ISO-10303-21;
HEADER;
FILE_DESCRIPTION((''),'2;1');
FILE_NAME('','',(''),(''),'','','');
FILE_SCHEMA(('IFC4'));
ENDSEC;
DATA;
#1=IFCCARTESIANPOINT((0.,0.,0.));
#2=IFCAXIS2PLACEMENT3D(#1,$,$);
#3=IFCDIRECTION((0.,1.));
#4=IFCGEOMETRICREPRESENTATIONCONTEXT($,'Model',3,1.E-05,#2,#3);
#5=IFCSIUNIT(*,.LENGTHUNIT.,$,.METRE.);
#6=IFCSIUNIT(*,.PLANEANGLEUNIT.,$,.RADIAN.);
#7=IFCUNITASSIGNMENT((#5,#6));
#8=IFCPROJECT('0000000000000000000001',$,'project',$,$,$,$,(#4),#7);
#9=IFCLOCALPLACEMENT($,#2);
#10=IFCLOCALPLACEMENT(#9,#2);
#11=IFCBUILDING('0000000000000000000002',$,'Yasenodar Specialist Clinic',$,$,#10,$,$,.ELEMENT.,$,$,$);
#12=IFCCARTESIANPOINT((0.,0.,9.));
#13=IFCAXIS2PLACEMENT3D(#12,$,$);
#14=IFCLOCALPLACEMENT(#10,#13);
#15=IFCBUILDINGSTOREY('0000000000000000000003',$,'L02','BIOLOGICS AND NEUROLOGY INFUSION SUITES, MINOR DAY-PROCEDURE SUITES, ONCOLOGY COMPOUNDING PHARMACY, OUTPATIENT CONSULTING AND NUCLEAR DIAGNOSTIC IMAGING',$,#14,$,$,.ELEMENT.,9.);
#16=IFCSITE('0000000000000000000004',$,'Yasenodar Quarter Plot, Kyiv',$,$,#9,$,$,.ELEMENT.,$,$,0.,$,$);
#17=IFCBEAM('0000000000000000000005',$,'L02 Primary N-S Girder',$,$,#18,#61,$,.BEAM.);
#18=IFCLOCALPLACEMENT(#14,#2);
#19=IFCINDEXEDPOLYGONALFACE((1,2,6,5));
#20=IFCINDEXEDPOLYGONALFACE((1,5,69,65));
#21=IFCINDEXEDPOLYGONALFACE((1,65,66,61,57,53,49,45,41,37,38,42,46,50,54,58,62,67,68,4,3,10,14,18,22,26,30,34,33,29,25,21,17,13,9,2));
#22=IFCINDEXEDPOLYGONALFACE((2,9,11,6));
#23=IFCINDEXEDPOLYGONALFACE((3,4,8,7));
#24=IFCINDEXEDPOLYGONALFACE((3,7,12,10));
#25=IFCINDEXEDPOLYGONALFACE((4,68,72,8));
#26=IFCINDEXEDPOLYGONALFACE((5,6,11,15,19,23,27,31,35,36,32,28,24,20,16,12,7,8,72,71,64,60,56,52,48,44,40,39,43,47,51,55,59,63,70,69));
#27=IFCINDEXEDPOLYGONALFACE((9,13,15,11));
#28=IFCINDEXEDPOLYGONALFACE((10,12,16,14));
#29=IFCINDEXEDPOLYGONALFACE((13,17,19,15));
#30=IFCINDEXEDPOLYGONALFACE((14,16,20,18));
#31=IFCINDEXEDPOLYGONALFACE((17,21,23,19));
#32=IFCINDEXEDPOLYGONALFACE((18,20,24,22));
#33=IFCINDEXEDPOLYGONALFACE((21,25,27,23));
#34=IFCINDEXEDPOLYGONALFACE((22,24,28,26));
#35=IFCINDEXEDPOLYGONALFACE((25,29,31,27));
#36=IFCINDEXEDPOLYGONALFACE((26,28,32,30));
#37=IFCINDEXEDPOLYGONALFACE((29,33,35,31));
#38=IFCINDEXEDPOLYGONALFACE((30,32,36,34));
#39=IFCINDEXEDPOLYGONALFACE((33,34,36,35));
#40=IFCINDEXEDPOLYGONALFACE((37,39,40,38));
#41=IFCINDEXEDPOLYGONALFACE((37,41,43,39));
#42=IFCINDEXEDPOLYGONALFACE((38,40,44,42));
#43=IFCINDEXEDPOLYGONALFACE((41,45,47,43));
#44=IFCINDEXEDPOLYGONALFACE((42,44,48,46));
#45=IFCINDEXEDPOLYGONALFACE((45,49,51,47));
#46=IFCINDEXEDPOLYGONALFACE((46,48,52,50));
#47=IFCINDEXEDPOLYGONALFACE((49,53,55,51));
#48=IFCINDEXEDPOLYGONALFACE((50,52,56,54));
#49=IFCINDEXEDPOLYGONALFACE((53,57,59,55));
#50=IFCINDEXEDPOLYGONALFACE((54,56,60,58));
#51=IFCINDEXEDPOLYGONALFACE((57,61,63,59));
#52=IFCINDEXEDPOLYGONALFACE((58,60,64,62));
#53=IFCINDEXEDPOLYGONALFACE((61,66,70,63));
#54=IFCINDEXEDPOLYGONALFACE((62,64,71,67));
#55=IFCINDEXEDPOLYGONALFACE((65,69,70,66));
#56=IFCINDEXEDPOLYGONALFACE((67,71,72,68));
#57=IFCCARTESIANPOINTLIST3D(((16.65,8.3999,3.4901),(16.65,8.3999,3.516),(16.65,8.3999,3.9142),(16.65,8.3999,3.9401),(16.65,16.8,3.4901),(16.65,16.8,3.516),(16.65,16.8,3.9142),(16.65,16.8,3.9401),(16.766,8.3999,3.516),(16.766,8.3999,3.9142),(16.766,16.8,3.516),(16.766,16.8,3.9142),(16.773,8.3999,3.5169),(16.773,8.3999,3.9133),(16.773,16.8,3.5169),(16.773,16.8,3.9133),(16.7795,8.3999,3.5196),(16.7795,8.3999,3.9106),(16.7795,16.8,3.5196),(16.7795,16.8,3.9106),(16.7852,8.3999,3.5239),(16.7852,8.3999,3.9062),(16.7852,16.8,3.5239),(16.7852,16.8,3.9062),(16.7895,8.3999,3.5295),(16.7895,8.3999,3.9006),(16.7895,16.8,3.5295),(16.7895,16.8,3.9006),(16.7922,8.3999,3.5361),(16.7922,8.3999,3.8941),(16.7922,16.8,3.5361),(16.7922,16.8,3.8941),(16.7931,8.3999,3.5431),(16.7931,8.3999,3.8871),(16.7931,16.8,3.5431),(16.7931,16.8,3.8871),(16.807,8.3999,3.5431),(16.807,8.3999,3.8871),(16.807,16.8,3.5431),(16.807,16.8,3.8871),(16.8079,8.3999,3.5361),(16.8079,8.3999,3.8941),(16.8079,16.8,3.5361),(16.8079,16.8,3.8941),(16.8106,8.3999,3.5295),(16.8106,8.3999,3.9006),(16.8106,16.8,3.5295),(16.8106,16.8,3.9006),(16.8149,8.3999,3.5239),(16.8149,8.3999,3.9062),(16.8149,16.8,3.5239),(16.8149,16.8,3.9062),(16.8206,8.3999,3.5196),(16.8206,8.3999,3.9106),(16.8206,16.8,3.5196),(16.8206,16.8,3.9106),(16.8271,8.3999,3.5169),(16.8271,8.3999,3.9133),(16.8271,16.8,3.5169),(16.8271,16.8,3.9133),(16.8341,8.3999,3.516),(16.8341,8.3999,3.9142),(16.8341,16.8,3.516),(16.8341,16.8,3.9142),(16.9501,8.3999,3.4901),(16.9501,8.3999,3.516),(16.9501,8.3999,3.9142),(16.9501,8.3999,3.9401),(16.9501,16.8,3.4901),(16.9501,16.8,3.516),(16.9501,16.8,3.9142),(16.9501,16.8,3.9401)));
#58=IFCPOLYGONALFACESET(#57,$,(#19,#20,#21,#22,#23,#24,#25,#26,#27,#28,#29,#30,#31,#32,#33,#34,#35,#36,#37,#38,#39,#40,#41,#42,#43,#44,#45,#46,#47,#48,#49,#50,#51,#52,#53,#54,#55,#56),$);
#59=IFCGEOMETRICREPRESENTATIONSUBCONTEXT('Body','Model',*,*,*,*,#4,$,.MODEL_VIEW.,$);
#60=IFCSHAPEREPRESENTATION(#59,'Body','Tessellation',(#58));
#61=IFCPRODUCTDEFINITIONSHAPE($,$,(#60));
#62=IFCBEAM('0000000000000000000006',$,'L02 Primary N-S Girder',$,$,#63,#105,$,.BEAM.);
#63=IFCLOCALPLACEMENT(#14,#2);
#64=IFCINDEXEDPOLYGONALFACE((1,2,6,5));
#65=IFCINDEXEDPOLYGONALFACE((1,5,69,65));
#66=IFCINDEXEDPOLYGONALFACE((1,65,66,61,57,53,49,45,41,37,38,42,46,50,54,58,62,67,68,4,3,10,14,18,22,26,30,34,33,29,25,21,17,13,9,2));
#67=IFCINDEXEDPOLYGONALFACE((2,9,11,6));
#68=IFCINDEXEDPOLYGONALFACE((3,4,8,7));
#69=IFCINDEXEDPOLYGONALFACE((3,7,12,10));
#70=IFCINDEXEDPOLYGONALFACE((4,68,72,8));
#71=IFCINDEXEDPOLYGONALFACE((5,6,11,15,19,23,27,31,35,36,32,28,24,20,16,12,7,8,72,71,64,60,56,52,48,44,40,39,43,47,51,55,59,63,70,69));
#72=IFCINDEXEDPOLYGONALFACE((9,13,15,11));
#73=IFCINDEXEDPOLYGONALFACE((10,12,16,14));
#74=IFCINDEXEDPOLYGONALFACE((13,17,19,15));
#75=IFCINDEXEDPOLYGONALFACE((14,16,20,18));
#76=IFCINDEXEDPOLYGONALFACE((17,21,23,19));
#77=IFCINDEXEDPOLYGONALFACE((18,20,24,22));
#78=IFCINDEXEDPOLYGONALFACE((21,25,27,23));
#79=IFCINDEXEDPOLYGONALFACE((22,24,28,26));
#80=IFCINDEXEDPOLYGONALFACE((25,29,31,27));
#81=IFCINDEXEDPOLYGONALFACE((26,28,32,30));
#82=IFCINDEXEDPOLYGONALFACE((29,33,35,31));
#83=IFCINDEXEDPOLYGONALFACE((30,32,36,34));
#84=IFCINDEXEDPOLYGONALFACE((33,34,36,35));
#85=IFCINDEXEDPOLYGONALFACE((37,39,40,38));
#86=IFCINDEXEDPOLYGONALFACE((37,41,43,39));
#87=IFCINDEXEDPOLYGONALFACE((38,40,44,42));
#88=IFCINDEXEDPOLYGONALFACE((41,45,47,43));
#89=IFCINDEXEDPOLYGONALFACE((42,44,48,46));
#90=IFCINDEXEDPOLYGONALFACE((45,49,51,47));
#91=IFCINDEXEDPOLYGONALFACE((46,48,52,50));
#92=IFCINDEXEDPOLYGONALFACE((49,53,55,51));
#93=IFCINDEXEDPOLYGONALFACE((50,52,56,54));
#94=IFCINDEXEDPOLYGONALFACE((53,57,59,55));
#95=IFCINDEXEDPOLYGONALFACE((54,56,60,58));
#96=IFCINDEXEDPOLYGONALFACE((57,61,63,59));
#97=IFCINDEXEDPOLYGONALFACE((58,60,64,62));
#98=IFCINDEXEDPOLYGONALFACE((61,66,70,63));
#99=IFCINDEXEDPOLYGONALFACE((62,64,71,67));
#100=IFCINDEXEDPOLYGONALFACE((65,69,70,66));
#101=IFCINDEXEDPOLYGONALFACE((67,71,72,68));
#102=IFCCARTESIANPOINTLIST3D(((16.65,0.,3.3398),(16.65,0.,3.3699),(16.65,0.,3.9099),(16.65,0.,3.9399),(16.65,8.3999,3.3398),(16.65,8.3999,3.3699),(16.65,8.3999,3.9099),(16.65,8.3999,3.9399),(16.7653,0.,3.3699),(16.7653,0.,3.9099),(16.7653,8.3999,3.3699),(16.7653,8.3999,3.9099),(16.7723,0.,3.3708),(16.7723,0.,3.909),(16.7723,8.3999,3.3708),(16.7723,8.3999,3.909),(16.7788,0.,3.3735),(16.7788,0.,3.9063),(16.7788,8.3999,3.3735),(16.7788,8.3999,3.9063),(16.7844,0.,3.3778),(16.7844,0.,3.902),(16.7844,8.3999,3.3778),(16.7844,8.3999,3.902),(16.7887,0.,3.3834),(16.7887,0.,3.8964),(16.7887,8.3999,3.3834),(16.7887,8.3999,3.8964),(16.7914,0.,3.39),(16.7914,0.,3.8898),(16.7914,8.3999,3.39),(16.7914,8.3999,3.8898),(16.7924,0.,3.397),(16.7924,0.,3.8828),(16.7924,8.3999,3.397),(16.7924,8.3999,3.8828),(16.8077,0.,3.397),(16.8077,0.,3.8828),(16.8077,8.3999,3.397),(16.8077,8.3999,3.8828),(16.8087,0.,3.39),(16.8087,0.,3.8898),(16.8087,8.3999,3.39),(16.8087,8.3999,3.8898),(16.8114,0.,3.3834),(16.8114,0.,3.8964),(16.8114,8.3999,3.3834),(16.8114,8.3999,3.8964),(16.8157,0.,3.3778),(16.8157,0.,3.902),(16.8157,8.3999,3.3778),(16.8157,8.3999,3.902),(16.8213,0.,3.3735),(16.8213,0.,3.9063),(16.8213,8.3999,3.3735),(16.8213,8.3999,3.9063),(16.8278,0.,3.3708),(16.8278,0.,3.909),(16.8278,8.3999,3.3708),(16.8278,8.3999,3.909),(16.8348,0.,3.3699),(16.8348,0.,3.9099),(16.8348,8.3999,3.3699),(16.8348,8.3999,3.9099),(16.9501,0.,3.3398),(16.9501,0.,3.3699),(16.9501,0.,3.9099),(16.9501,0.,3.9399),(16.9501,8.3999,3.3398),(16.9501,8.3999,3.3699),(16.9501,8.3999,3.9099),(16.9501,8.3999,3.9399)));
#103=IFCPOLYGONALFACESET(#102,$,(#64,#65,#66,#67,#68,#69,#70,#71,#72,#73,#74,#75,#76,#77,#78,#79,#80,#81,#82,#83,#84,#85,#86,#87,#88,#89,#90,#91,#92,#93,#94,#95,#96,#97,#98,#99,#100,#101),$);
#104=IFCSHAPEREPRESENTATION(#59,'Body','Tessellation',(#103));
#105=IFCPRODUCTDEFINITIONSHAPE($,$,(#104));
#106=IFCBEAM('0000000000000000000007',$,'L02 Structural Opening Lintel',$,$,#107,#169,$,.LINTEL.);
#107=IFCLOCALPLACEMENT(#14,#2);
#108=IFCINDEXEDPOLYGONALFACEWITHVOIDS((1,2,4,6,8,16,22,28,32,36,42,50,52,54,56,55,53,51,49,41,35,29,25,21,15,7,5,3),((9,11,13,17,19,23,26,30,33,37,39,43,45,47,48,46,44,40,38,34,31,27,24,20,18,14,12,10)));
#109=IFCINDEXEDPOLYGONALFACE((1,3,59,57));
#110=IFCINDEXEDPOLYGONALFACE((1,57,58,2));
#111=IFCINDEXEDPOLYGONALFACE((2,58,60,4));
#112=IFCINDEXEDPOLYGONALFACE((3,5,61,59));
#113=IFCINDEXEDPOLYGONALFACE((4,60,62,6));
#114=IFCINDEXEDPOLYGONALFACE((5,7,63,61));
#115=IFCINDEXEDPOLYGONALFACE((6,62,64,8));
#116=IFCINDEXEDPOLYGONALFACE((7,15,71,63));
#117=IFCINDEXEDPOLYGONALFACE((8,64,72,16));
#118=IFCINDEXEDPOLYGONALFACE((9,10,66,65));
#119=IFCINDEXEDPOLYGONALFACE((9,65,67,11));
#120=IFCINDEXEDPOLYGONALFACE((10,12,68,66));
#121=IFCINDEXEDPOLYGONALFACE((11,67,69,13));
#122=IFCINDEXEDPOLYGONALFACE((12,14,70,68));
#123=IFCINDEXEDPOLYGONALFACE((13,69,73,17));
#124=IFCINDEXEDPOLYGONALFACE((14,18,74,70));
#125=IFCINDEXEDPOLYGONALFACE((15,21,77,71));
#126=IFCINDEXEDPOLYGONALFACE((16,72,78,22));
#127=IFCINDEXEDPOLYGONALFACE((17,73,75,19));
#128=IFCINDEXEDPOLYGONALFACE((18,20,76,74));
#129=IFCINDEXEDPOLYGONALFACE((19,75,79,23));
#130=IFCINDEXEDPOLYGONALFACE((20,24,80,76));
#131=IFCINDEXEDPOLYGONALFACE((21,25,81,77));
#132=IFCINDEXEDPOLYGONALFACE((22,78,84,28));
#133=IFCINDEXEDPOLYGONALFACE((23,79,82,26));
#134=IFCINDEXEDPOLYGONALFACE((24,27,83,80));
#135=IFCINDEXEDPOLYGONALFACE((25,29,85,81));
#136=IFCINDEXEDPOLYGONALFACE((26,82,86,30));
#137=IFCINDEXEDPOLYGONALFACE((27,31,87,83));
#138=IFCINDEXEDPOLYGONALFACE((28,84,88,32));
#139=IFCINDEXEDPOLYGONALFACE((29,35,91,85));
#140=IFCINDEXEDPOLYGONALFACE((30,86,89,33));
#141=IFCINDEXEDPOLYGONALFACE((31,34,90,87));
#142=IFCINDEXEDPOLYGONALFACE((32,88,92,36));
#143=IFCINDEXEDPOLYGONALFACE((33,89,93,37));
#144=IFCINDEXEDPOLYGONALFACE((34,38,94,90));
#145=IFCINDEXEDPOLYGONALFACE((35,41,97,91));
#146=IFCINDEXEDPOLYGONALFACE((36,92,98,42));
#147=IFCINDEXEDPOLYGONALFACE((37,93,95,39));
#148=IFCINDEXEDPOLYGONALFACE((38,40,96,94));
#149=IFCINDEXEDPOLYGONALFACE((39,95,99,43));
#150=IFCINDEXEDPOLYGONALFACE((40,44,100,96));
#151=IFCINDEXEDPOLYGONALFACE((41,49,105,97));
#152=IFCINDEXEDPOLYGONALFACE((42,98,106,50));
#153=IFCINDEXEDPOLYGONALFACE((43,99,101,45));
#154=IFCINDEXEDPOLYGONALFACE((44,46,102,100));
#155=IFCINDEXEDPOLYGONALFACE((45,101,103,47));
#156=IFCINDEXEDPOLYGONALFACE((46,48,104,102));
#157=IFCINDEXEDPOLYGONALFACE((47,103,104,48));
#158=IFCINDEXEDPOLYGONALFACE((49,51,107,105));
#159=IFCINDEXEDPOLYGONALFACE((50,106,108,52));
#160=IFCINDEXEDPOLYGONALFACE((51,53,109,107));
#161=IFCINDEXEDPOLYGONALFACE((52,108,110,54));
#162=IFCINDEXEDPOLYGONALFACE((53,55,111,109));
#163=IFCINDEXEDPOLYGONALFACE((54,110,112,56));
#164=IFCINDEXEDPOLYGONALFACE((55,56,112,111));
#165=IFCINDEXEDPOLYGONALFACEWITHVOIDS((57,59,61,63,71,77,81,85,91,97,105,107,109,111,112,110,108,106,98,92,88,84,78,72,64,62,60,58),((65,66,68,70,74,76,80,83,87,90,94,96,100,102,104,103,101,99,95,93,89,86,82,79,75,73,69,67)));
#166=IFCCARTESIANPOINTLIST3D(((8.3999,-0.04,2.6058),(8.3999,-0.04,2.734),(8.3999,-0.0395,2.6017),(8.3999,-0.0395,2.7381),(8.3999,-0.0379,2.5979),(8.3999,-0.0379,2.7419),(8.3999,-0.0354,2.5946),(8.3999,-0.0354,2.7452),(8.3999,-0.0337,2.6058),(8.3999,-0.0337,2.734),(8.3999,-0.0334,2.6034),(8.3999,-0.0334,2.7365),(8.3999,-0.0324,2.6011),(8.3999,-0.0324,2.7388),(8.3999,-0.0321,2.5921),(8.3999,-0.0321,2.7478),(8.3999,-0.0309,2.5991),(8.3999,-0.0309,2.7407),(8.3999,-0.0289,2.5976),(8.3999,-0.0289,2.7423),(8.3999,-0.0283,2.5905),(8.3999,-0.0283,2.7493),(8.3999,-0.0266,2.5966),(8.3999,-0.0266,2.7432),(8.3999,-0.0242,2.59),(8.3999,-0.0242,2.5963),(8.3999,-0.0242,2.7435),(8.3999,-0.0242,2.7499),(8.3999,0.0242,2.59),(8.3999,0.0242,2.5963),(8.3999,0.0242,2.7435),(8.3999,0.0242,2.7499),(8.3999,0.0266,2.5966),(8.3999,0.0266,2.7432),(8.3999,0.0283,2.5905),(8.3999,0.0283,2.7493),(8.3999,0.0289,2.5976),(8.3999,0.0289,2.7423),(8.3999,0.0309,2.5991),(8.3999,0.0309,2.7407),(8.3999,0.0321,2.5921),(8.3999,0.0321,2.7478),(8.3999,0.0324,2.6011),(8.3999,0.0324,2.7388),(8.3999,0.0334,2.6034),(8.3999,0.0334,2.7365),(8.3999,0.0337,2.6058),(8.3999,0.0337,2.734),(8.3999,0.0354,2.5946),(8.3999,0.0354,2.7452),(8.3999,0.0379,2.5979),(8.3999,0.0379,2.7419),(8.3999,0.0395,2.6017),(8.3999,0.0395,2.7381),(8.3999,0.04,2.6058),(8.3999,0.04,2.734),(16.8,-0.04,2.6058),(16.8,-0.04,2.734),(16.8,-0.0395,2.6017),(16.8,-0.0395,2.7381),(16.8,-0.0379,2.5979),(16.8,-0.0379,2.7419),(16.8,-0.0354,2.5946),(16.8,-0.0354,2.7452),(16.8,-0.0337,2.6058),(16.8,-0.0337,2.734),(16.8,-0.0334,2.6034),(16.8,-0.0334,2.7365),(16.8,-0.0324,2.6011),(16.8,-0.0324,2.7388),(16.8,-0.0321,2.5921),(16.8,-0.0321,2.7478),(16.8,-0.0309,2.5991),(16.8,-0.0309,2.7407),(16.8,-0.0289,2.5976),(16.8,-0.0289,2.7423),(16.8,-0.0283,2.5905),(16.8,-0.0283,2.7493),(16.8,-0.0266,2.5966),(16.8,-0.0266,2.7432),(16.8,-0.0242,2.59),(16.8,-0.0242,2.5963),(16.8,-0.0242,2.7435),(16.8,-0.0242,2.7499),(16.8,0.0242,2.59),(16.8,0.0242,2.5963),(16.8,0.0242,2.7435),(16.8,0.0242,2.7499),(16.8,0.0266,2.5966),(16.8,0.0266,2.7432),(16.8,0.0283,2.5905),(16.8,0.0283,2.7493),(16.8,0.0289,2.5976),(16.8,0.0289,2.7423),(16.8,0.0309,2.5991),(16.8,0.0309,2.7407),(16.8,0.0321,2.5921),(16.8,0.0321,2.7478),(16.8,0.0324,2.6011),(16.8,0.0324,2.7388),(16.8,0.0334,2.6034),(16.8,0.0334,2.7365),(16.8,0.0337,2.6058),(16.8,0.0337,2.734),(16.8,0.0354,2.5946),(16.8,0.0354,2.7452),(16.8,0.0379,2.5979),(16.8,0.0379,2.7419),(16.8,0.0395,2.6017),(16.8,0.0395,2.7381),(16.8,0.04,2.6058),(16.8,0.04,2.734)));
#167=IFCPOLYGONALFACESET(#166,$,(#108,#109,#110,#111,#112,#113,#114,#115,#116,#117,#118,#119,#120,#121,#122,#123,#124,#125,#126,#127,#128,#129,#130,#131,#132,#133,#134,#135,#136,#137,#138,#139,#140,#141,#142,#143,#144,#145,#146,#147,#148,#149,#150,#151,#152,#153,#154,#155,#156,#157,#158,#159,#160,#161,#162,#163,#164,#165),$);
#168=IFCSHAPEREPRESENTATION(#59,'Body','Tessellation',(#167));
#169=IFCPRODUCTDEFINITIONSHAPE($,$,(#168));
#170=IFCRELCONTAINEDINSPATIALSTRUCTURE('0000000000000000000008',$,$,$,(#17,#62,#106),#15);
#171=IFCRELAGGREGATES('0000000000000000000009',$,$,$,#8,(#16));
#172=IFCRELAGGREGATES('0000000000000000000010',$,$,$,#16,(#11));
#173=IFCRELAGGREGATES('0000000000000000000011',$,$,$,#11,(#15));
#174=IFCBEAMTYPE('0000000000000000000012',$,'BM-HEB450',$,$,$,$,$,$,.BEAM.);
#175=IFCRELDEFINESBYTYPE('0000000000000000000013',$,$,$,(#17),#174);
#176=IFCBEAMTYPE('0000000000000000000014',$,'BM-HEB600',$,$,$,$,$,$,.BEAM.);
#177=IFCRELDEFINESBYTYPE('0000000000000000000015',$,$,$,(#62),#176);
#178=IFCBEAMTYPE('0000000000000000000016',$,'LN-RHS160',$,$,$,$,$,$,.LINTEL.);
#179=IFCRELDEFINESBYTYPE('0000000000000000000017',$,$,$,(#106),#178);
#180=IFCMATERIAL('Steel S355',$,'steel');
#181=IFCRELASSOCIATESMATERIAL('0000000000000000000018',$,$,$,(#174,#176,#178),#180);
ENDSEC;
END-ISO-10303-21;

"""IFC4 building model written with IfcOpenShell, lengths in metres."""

from ifc_helpers import new_model, si_unit, direction, frame, origin, origin_2d, place, context, subcontext, project, spatial, hollow_rectangle, i_section, extrude, material, material_profile, profile_set, type_object, element, save


model = new_model("IFC4")

# Units and contexts
model_context = context("Model", 3, precision=1e-05, world=origin(), true_north=direction((0.0, 1.0)))
body_context = subcontext(model_context, "Body", "Model", "MODEL_VIEW")
ifc_project = project(units=[si_unit("LENGTHUNIT", "METRE"), si_unit("PLANEANGLEUNIT", "RADIAN")], contexts=[model_context])

# Site, building, storey
site_placement = place(None, origin())
site = spatial("IfcSite", under=ifc_project, at=site_placement, Name="Yasenodar Quarter Plot, Kyiv", CompositionType="ELEMENT", RefElevation=0.0)
building_placement = place(site_placement, origin())
building = spatial("IfcBuilding", under=site, at=building_placement, Name="Yasenodar Specialist Clinic", CompositionType="ELEMENT")
storey_placement = place(building_placement, frame((0.0, 0.0, 9.0)))
storey = spatial("IfcBuildingStorey", under=building, at=storey_placement, Name="L02", Description="BIOLOGICS AND NEUROLOGY INFUSION SUITES, MINOR DAY-PROCEDURE SUITES, ONCOLOGY COMPOUNDING PHARMACY, OUTPATIENT CONSULTING AND NUCLEAR DIAGNOSTIC IMAGING", CompositionType="ELEMENT", Elevation=9.0)

# Beams
ifc_material_1 = material(Name="Steel S355", Category="steel")
ifc_material_profile_1 = material_profile(ifc_material_1, i_section(OverallWidth=0.3, OverallDepth=0.45, WebThickness=0.0139, FlangeThickness=0.0259, FilletRadius=0.0271, at=origin_2d()), Name="HEB 450")
ifc_profile_set_1 = profile_set([ifc_material_profile_1], Name="Steel S355")
beam_type_1 = type_object("IfcBeamType", Name="BM-HEB450", PredefinedType="BEAM", material=ifc_profile_set_1)
beam_1_placement = place(storey_placement, frame((16.8, 8.3999, 3.7151), z_axis=(0.0, 1.0, 0.0), x_axis=(-1.0, 0.0, 0.0)))
element("IfcBeam", 1, at=beam_1_placement, inside=storey, type_object=beam_type_1, Name="L02 Primary N-S Girder", PredefinedType="BEAM", context=body_context, shape_type="SweptSolid", body=[
    extrude(i_section(OverallWidth=0.3, OverallDepth=0.45, WebThickness=0.0139, FlangeThickness=0.0259, FilletRadius=0.0271, at=origin_2d()), origin(), (0.0, 0.0, 1.0), 8.4001),
])
ifc_material_profile_2 = material_profile(ifc_material_1, i_section(OverallWidth=0.3, OverallDepth=0.6001, WebThickness=0.0154, FlangeThickness=0.03, FilletRadius=0.0271, at=origin_2d()), Name="HEB 600")
ifc_profile_set_2 = profile_set([ifc_material_profile_2], Name="Steel S355")
beam_type_2 = type_object("IfcBeamType", Name="BM-HEB600", PredefinedType="BEAM", material=ifc_profile_set_2)
beam_2_placement = place(storey_placement, frame((16.8, 0.0, 3.6399), z_axis=(0.0, 1.0, 0.0), x_axis=(-1.0, 0.0, 0.0)))
element("IfcBeam", 2, at=beam_2_placement, inside=storey, type_object=beam_type_2, Name="L02 Primary N-S Girder", PredefinedType="BEAM", context=body_context, shape_type="SweptSolid", body=[
    extrude(i_section(OverallWidth=0.3, OverallDepth=0.6001, WebThickness=0.0154, FlangeThickness=0.03, FilletRadius=0.0271, at=origin_2d()), origin(), (0.0, 0.0, 1.0), 8.3999),
])
ifc_material_profile_3 = material_profile(ifc_material_1, hollow_rectangle(XDim=0.0801, YDim=0.1599, WallThickness=0.0063, InnerFilletRadius=0.0095, OuterFilletRadius=0.0159, at=origin_2d()), Name="RHS 160x80x6.3")
ifc_profile_set_3 = profile_set([ifc_material_profile_3], Name="Steel S355")
beam_type_3 = type_object("IfcBeamType", Name="LN-RHS160", PredefinedType="LINTEL", material=ifc_profile_set_3)
beam_3_placement = place(storey_placement, frame((8.3999, 0.0, 2.6699), z_axis=(1.0, 0.0, 0.0), x_axis=(0.0, 1.0, 0.0)))
element("IfcBeam", 3, at=beam_3_placement, inside=storey, type_object=beam_type_3, Name="L02 Structural Opening Lintel", PredefinedType="LINTEL", context=body_context, shape_type="SweptSolid", body=[
    extrude(hollow_rectangle(XDim=0.0801, YDim=0.1599, WallThickness=0.0063, InnerFilletRadius=0.0095, OuterFilletRadius=0.0159, at=origin_2d()), origin(), (0.0, 0.0, 1.0), 8.4001),
])

save(model, "model.ifc")
